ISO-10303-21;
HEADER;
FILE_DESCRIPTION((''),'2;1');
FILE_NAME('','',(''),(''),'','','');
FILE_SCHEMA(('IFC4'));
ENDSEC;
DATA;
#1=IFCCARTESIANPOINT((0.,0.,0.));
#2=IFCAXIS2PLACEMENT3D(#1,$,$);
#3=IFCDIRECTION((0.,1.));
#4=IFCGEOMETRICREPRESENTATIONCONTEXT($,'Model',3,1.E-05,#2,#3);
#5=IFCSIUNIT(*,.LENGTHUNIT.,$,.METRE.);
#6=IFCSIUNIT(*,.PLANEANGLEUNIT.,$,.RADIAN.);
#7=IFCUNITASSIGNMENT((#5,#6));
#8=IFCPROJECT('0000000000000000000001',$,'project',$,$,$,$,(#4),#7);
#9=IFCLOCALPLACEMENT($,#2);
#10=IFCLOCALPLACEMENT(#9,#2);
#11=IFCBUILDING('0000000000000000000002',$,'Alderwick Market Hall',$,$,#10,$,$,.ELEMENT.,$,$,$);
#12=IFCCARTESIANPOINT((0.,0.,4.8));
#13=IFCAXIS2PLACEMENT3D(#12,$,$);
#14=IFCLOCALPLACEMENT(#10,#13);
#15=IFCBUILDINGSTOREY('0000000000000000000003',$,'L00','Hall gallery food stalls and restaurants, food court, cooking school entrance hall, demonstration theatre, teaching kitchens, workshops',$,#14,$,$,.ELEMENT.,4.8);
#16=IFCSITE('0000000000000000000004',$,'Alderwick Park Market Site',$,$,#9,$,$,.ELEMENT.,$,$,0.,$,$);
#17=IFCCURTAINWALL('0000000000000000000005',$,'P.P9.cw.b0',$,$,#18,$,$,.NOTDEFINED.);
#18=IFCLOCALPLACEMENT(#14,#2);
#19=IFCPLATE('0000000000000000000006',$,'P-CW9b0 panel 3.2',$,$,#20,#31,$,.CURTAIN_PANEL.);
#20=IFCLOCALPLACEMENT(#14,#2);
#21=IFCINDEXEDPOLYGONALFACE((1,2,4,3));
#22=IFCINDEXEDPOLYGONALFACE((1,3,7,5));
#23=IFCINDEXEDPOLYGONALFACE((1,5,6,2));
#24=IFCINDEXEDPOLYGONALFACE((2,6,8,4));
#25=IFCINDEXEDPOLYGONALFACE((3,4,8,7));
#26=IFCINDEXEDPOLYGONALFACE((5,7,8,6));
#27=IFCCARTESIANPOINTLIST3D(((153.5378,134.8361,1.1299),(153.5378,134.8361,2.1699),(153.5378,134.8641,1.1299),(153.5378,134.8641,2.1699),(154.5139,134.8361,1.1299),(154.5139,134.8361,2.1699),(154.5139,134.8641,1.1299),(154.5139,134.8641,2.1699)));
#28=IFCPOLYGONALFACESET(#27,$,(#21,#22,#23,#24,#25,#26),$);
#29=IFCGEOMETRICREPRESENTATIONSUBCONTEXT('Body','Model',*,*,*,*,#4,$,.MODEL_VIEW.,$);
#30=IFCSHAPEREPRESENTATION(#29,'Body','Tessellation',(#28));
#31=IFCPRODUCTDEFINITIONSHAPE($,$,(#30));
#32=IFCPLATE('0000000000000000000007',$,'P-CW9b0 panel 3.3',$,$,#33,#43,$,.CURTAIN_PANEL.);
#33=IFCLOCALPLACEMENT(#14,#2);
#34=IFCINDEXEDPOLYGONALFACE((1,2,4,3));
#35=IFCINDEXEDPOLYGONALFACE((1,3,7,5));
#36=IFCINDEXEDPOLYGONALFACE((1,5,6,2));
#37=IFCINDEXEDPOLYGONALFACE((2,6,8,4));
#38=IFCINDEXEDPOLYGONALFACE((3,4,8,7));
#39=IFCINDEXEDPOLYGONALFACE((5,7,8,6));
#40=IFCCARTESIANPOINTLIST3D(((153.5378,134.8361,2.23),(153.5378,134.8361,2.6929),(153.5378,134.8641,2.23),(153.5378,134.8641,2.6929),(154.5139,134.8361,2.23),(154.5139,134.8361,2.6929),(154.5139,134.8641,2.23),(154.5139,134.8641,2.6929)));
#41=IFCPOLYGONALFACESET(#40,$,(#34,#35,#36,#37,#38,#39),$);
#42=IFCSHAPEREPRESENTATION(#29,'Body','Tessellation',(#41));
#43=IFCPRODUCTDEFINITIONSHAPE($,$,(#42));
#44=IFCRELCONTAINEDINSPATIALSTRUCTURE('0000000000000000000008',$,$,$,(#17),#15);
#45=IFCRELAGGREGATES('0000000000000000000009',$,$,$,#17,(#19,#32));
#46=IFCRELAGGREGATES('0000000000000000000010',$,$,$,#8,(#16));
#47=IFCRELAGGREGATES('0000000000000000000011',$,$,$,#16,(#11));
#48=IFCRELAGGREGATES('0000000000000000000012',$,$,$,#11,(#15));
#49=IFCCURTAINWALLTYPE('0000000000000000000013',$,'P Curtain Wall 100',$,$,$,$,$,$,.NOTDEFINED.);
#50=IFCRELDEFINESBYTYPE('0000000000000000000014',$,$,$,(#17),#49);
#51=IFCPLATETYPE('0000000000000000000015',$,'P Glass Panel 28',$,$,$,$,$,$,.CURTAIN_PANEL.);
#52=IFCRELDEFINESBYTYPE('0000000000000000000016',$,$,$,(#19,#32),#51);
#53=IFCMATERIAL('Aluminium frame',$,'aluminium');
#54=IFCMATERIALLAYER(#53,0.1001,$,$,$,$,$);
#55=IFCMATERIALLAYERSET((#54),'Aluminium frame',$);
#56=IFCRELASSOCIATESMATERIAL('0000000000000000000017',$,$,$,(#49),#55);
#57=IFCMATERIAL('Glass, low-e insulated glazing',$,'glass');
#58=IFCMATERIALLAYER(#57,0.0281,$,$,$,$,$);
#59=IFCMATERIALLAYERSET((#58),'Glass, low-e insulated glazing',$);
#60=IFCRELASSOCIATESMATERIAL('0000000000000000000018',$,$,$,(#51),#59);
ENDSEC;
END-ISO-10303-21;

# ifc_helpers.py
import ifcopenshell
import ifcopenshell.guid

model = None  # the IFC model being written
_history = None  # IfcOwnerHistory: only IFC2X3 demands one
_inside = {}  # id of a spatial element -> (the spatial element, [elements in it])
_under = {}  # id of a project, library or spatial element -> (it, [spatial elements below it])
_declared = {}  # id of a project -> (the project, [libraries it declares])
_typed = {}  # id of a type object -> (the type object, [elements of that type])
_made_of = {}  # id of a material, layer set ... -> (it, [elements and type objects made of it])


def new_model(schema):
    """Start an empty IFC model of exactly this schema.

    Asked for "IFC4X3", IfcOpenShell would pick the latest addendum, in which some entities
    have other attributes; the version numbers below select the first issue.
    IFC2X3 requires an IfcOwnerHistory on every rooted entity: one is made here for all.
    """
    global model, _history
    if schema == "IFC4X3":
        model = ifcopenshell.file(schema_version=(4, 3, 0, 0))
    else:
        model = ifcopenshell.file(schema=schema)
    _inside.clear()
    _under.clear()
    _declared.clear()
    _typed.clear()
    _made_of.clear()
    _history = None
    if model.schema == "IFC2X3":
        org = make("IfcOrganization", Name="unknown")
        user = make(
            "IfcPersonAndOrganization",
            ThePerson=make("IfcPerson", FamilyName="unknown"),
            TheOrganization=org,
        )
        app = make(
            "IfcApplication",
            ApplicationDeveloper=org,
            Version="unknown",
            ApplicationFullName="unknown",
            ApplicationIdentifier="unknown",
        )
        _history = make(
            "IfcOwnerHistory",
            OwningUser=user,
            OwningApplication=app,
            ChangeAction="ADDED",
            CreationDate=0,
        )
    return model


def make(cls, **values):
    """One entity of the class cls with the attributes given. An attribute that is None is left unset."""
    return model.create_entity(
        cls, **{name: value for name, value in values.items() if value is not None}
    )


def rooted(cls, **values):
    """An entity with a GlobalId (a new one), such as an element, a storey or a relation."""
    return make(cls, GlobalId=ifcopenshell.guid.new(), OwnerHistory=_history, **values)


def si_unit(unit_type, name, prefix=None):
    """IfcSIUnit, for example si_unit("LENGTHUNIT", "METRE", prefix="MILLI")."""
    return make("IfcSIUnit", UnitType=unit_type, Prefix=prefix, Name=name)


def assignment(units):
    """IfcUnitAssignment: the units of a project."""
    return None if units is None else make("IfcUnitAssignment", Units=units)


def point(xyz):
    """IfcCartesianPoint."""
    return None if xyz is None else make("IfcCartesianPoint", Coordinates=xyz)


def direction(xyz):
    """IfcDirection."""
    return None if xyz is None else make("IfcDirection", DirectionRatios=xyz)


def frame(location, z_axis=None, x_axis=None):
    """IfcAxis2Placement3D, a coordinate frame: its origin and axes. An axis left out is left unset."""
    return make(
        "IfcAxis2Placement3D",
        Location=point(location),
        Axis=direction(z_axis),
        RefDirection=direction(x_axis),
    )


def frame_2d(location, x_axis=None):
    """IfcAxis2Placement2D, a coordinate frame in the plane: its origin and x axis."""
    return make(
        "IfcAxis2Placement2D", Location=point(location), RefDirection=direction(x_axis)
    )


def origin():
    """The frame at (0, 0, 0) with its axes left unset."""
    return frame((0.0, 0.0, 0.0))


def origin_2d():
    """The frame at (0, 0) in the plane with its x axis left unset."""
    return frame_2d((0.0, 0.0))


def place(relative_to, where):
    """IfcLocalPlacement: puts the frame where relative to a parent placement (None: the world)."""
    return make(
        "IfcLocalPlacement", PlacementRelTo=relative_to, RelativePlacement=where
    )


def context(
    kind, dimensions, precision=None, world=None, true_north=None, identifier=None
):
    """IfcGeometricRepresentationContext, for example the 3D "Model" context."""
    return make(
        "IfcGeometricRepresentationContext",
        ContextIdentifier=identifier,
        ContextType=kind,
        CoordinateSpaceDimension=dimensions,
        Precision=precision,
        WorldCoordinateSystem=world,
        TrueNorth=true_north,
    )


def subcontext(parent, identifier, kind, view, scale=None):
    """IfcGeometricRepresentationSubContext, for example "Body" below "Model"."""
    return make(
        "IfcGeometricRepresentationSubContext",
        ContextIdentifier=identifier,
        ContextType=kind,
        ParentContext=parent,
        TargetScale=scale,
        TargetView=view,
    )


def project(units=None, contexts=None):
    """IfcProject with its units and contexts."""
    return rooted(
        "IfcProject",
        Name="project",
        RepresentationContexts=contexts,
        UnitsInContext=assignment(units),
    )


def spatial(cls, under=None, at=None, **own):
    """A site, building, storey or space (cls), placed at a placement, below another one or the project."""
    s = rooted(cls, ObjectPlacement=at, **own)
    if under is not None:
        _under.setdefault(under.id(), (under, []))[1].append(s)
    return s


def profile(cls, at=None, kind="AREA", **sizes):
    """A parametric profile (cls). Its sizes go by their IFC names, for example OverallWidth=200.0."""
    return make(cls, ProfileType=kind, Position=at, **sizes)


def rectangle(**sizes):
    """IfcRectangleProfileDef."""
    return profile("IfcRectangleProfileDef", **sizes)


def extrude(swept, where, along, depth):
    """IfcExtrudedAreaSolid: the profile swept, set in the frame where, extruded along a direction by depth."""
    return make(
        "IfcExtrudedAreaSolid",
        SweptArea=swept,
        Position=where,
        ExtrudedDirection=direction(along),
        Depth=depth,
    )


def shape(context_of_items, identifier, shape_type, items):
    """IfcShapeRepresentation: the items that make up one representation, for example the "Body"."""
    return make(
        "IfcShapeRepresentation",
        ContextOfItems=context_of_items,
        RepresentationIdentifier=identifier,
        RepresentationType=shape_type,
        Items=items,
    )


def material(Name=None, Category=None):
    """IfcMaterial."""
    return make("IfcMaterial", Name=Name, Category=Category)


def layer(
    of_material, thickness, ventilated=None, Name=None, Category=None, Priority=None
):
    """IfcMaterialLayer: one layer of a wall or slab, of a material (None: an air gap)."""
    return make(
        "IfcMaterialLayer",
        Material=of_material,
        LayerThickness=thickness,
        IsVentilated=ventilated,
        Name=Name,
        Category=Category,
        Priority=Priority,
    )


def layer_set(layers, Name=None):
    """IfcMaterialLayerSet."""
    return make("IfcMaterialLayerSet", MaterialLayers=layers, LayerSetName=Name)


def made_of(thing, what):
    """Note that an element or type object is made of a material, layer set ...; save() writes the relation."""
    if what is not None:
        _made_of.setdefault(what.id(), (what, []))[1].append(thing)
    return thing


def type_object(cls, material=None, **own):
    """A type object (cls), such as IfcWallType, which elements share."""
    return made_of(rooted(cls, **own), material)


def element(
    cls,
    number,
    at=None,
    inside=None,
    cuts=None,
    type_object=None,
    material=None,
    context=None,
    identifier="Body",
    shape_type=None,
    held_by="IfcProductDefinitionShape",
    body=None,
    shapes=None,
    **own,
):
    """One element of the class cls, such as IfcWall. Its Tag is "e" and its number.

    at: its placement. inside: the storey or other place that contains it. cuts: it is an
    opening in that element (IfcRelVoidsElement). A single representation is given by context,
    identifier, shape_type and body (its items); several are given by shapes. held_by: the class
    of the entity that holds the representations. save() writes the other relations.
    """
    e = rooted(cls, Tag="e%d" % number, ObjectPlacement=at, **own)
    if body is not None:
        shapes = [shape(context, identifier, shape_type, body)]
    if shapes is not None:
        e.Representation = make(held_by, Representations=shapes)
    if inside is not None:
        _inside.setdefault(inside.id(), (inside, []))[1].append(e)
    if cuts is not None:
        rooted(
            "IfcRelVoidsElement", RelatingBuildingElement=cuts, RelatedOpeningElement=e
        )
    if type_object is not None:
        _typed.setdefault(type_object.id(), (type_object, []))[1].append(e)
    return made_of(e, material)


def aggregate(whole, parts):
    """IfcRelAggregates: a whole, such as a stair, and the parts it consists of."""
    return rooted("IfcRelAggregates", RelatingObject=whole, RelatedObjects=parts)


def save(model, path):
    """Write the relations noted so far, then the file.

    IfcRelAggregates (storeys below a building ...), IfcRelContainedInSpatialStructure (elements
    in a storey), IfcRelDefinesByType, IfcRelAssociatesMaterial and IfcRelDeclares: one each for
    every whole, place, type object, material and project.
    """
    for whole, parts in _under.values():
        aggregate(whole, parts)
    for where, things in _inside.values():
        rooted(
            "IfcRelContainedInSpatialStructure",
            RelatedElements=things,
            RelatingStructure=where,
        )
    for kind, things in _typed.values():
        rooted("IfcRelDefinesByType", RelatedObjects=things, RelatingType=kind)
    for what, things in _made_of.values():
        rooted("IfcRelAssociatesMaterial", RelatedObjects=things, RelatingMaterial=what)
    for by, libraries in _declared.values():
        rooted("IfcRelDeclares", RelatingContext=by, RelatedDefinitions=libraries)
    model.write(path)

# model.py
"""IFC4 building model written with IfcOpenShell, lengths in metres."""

from ifc_helpers import new_model, si_unit, direction, frame, origin, origin_2d, place, context, subcontext, project, spatial, rectangle, extrude, material, layer, layer_set, type_object, element, aggregate, save


model = new_model("IFC4")

# Units and contexts
model_context = context("Model", 3, precision=1e-05, world=origin(), true_north=direction((0.0, 1.0)))
body_context = subcontext(model_context, "Body", "Model", "MODEL_VIEW")
ifc_project = project(units=[si_unit("LENGTHUNIT", "METRE"), si_unit("PLANEANGLEUNIT", "RADIAN")], contexts=[model_context])

# Site, building, storey
site_placement = place(None, origin())
site = spatial("IfcSite", under=ifc_project, at=site_placement, Name="Alderwick Park Market Site", CompositionType="ELEMENT", RefElevation=0.0)
building_placement = place(site_placement, origin())
building = spatial("IfcBuilding", under=site, at=building_placement, Name="Alderwick Market Hall", CompositionType="ELEMENT")
storey_placement = place(building_placement, frame((0.0, 0.0, 4.8)))
storey = spatial("IfcBuildingStorey", under=building, at=storey_placement, Name="L00", Description="Hall gallery food stalls and restaurants, food court, cooking school entrance hall, demonstration theatre, teaching kitchens, workshops", CompositionType="ELEMENT", Elevation=4.8)

# Curtain wall
ifc_material_1 = material(Name="Aluminium frame", Category="aluminium")
ifc_layer_1 = layer(ifc_material_1, 0.1001)
ifc_layer_set_1 = layer_set([ifc_layer_1], Name="Aluminium frame")
curtain_wall_type = type_object("IfcCurtainWallType", Name="P Curtain Wall 100", PredefinedType="NOTDEFINED", material=ifc_layer_set_1)
curtain_wall_1_placement = place(storey_placement, origin())
curtain_wall_1 = element("IfcCurtainWall", 1, at=curtain_wall_1_placement, inside=storey, type_object=curtain_wall_type, Name="P.P9.cw.b0", PredefinedType="NOTDEFINED")

# Plates
ifc_material_2 = material(Name="Glass, low-e insulated glazing", Category="glass")
ifc_layer_2 = layer(ifc_material_2, 0.0281)
ifc_layer_set_2 = layer_set([ifc_layer_2], Name="Glass, low-e insulated glazing")
plate_type = type_object("IfcPlateType", Name="P Glass Panel 28", PredefinedType="CURTAIN_PANEL", material=ifc_layer_set_2)
plate_1_placement = place(storey_placement, frame((154.0259, 134.8501, 1.1299), z_axis=(0.0, 0.0, 1.0), x_axis=(1.0, 0.0, 0.0)))
plate_1 = element("IfcPlate", 2, at=plate_1_placement, type_object=plate_type, Name="P-CW9b0 panel 3.2", PredefinedType="CURTAIN_PANEL", context=body_context, shape_type="SweptSolid", body=[
    extrude(rectangle(XDim=0.9761, YDim=0.0281, at=origin_2d()), origin(), (0.0, 0.0, 1.0), 1.04),
])
plate_2_placement = place(storey_placement, frame((154.0259, 134.8501, 2.23), z_axis=(0.0, 0.0, 1.0), x_axis=(1.0, 0.0, 0.0)))
plate_2 = element("IfcPlate", 3, at=plate_2_placement, type_object=plate_type, Name="P-CW9b0 panel 3.3", PredefinedType="CURTAIN_PANEL", context=body_context, shape_type="SweptSolid", body=[
    extrude(rectangle(XDim=0.9761, YDim=0.0281, at=origin_2d()), origin(), (0.0, 0.0, 1.0), 0.4629),
])
aggregate(curtain_wall_1, [plate_1, plate_2])

save(model, "model.ifc")
